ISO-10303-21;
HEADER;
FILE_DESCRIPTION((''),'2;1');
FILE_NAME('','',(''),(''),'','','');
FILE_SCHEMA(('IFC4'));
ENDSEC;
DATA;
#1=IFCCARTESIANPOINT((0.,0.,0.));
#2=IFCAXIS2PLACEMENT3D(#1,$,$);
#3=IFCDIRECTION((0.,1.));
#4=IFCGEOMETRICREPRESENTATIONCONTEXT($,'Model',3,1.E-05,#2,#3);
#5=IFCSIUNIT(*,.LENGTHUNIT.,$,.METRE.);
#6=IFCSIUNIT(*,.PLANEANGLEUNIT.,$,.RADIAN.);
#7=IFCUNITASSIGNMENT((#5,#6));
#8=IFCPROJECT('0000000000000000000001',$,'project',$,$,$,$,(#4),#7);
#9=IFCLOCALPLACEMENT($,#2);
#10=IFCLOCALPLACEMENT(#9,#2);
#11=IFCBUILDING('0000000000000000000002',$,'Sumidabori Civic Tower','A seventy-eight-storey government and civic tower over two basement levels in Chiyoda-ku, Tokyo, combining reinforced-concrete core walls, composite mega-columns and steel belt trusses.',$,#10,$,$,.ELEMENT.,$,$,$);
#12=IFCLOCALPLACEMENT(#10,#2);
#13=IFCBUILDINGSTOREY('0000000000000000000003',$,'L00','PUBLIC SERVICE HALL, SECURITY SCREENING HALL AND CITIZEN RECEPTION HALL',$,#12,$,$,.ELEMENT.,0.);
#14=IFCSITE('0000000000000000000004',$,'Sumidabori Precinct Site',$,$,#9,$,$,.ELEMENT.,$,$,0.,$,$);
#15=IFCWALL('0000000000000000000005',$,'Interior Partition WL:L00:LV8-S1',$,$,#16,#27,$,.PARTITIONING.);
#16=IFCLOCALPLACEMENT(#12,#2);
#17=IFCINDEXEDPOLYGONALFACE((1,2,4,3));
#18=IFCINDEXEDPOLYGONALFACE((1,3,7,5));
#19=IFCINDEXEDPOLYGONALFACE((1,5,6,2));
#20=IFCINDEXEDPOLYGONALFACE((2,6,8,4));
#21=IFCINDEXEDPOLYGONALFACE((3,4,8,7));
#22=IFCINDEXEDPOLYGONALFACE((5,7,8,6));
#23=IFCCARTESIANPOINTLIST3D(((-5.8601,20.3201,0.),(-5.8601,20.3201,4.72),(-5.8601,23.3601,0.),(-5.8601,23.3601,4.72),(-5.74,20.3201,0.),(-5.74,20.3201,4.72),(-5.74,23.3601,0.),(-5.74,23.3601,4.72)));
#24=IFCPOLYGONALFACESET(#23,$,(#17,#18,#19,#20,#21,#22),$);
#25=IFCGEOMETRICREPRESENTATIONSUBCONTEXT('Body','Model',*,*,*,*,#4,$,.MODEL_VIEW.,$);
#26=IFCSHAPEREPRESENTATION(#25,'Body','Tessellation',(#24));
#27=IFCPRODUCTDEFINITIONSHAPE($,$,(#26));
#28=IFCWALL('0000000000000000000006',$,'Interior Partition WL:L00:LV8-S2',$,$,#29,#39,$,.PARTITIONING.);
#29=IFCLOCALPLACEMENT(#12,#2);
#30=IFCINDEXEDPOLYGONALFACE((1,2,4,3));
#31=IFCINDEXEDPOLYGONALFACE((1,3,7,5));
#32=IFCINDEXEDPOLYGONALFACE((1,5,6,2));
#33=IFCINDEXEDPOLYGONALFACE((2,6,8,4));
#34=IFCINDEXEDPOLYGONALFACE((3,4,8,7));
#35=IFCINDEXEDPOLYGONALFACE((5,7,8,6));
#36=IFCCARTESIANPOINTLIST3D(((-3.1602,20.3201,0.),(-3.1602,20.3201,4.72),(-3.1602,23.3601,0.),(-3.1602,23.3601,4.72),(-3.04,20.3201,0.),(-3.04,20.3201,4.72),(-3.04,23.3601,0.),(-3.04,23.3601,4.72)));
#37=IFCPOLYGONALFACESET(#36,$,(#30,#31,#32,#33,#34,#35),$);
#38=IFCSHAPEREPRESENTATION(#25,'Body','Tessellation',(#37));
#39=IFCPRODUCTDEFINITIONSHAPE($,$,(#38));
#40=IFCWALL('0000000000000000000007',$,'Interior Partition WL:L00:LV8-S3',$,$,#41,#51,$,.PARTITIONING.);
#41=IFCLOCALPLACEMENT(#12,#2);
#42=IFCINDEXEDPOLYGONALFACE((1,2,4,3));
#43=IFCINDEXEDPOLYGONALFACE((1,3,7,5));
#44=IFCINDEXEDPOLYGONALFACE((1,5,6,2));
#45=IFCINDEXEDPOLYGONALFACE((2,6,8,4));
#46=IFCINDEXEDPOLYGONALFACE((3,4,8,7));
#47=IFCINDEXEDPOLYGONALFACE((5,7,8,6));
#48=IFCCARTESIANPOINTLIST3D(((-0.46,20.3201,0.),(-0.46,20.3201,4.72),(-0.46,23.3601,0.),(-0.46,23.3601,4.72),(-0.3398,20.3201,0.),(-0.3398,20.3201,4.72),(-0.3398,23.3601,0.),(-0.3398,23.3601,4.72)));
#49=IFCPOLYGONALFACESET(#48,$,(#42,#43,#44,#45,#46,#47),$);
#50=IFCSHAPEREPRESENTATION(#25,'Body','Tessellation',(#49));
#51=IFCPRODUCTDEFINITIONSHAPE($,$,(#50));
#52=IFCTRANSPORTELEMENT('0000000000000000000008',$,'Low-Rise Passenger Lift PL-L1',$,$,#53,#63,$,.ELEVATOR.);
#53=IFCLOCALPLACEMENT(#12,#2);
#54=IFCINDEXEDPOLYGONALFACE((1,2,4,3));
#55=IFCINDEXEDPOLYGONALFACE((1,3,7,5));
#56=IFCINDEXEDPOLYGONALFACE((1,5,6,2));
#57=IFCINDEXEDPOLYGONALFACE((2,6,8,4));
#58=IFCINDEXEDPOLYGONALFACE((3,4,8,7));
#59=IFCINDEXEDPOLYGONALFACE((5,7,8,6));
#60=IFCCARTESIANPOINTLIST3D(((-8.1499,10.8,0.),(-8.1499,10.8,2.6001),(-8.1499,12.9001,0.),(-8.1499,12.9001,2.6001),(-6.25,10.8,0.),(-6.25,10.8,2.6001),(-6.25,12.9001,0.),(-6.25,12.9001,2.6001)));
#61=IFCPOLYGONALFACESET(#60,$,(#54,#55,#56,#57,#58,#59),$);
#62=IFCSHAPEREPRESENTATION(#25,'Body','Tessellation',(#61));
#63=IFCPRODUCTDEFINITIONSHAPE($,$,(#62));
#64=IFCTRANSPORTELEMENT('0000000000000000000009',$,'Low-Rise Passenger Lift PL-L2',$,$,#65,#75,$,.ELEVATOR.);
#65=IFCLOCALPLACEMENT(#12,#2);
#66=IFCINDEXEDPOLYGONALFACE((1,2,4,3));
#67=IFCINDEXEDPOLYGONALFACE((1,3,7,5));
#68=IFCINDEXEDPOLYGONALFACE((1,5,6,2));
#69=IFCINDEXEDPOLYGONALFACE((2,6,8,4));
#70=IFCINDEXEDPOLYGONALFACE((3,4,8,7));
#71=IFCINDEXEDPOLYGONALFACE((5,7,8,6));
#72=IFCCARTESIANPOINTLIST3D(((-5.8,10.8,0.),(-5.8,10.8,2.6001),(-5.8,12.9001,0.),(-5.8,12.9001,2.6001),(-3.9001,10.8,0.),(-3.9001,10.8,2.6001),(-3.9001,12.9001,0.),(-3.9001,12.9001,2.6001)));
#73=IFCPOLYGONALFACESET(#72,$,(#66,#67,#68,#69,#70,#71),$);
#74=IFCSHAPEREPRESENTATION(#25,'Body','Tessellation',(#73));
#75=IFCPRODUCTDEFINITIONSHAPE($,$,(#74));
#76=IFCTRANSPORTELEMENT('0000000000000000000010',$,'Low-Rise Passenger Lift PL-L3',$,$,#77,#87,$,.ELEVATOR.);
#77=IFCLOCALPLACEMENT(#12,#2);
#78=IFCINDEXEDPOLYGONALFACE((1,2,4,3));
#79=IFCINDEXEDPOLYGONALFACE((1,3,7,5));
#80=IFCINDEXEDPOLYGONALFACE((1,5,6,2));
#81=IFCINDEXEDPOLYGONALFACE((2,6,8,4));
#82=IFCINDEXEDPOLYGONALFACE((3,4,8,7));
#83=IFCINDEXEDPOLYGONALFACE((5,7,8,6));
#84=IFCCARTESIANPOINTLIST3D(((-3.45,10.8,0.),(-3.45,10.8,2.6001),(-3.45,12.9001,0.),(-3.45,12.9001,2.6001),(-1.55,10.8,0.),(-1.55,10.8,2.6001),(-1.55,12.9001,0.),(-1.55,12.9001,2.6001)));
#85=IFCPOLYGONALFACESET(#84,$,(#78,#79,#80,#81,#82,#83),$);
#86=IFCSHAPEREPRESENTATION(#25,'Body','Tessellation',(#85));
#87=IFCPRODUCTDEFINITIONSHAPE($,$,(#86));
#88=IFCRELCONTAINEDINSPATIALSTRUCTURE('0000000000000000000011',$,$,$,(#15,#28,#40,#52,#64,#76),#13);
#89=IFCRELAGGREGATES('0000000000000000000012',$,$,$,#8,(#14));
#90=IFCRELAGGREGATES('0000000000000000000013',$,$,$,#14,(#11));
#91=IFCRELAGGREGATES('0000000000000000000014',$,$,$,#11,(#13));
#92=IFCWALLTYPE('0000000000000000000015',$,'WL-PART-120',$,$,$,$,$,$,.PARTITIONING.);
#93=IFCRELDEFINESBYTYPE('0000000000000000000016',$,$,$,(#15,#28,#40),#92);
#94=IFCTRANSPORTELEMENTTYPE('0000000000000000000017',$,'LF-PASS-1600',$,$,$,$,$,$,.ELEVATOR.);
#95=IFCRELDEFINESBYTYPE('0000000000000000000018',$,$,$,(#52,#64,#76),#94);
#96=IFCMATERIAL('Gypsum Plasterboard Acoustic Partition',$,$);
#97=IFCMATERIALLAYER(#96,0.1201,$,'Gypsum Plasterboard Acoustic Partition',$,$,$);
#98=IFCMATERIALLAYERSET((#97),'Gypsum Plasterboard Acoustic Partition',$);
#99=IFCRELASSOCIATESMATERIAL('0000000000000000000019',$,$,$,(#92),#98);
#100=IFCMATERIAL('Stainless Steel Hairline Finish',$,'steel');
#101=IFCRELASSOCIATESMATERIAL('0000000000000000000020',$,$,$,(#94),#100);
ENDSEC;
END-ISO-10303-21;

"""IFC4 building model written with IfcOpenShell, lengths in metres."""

from ifc_helpers import new_model, si_unit, direction, frame, frame_2d, origin, origin_2d, place, context, subcontext, project, spatial, rectangle, extrude, source, transform, mapped, material, layer, layer_set, type_object, element, save


model = new_model("IFC4")

# Units and contexts
model_context = context("Model", 3, precision=1e-05, world=origin(), true_north=direction((0.0, 1.0)))
body_context = subcontext(model_context, "Body", "Model", "MODEL_VIEW")
ifc_project = project(units=[si_unit("LENGTHUNIT", "METRE"), si_unit("PLANEANGLEUNIT", "RADIAN")], contexts=[model_context])

# Site, building, storey
site_placement = place(None, origin())
site = spatial("IfcSite", under=ifc_project, at=site_placement, Name="Sumidabori Precinct Site", CompositionType="ELEMENT", RefElevation=0.0)
building_placement = place(site_placement, origin())
building = spatial("IfcBuilding", under=site, at=building_placement, Name="Sumidabori Civic Tower", Description="A seventy-eight-storey government and civic tower over two basement levels in Chiyoda-ku, Tokyo, combining reinforced-concrete core walls, composite mega-columns and steel belt trusses.", CompositionType="ELEMENT")
storey_placement = place(building_placement, origin())
storey = spatial("IfcBuildingStorey", under=building, at=storey_placement, Name="L00", Description="PUBLIC SERVICE HALL, SECURITY SCREENING HALL AND CITIZEN RECEPTION HALL", CompositionType="ELEMENT", Elevation=0.0)

# Shared definitions
ifc_material_1 = material(Name="Stainless Steel Hairline Finish", Category="steel")

# Shared definitions
ifc_material_2 = material(Name="Gypsum Plasterboard Acoustic Partition")
ifc_layer_1 = layer(ifc_material_2, 0.1201, Name="Gypsum Plasterboard Acoustic Partition")
ifc_layer_set_1 = layer_set([ifc_layer_1], Name="Gypsum Plasterboard Acoustic Partition")
wall_type_1 = type_object("IfcWallType", Name="WL-PART-120", PredefinedType="PARTITIONING", material=ifc_layer_set_1)

# Walls
shared_shape_1 = source(origin(), body_context, "Body", "SweptSolid", [
    extrude(rectangle(XDim=3.04, YDim=0.1201, at=frame_2d((1.52, 0.0))), origin(), (0.0, 0.0, 1.0), 4.72),
])
for number, where, z_axis, x_axis, name in (
    (1, (-5.8, 20.3201, 0.0), (0.0, 0.0, 1.0), (0.0, 1.0, 0.0), "Interior Partition WL:L00:LV8-S1"),
    (2, (-3.1001, 20.3201, 0.0), (0.0, 0.0, 1.0), (0.0, 1.0, 0.0), "Interior Partition WL:L00:LV8-S2"),
    (3, (-0.3999, 20.3201, 0.0), (0.0, 0.0, 1.0), (0.0, 1.0, 0.0), "Interior Partition WL:L00:LV8-S3"),
):
    element("IfcWall", number, at=place(storey_placement, frame(where, z_axis=z_axis, x_axis=x_axis)), inside=storey, type_object=wall_type_1, Name=name, PredefinedType="PARTITIONING", context=body_context, shape_type="MappedRepresentation", body=[
        mapped(shared_shape_1, transform((0.0, 0.0, 0.0), x_axis=(1.0, 0.0, 0.0), y_axis=(0.0, 1.0, 0.0), z_axis=(0.0, 0.0, 1.0), scale=1.0)),
    ])

# Transport elements
transport_element_type = type_object("IfcTransportElementType", Name="LF-PASS-1600", PredefinedType="ELEVATOR", material=ifc_material_1)
shared_shape_2 = source(origin(), body_context, "Body", "SweptSolid", [
    extrude(rectangle(XDim=1.8999, YDim=2.1001, at=origin_2d()), origin(), (0.0, 0.0, 1.0), 2.6001),
])
for number, where, z_axis, x_axis, name in (
    (4, (-7.2, 11.8501, 0.0), (0.0, 0.0, 1.0), (1.0, 0.0, 0.0), "Low-Rise Passenger Lift PL-L1"),
    (5, (-4.8501, 11.8501, 0.0), (0.0, 0.0, 1.0), (1.0, 0.0, 0.0), "Low-Rise Passenger Lift PL-L2"),
    (6, (-2.5, 11.8501, 0.0), (0.0, 0.0, 1.0), (1.0, 0.0, 0.0), "Low-Rise Passenger Lift PL-L3"),
):
    element("IfcTransportElement", number, at=place(storey_placement, frame(where, z_axis=z_axis, x_axis=x_axis)), inside=storey, type_object=transport_element_type, Name=name, PredefinedType="ELEVATOR", context=body_context, shape_type="MappedRepresentation", body=[
        mapped(shared_shape_2, transform((0.0, 0.0, 0.0), x_axis=(1.0, 0.0, 0.0), y_axis=(0.0, 1.0, 0.0), z_axis=(0.0, 0.0, 1.0), scale=1.0)),
    ])

save(model, "model.ifc")
